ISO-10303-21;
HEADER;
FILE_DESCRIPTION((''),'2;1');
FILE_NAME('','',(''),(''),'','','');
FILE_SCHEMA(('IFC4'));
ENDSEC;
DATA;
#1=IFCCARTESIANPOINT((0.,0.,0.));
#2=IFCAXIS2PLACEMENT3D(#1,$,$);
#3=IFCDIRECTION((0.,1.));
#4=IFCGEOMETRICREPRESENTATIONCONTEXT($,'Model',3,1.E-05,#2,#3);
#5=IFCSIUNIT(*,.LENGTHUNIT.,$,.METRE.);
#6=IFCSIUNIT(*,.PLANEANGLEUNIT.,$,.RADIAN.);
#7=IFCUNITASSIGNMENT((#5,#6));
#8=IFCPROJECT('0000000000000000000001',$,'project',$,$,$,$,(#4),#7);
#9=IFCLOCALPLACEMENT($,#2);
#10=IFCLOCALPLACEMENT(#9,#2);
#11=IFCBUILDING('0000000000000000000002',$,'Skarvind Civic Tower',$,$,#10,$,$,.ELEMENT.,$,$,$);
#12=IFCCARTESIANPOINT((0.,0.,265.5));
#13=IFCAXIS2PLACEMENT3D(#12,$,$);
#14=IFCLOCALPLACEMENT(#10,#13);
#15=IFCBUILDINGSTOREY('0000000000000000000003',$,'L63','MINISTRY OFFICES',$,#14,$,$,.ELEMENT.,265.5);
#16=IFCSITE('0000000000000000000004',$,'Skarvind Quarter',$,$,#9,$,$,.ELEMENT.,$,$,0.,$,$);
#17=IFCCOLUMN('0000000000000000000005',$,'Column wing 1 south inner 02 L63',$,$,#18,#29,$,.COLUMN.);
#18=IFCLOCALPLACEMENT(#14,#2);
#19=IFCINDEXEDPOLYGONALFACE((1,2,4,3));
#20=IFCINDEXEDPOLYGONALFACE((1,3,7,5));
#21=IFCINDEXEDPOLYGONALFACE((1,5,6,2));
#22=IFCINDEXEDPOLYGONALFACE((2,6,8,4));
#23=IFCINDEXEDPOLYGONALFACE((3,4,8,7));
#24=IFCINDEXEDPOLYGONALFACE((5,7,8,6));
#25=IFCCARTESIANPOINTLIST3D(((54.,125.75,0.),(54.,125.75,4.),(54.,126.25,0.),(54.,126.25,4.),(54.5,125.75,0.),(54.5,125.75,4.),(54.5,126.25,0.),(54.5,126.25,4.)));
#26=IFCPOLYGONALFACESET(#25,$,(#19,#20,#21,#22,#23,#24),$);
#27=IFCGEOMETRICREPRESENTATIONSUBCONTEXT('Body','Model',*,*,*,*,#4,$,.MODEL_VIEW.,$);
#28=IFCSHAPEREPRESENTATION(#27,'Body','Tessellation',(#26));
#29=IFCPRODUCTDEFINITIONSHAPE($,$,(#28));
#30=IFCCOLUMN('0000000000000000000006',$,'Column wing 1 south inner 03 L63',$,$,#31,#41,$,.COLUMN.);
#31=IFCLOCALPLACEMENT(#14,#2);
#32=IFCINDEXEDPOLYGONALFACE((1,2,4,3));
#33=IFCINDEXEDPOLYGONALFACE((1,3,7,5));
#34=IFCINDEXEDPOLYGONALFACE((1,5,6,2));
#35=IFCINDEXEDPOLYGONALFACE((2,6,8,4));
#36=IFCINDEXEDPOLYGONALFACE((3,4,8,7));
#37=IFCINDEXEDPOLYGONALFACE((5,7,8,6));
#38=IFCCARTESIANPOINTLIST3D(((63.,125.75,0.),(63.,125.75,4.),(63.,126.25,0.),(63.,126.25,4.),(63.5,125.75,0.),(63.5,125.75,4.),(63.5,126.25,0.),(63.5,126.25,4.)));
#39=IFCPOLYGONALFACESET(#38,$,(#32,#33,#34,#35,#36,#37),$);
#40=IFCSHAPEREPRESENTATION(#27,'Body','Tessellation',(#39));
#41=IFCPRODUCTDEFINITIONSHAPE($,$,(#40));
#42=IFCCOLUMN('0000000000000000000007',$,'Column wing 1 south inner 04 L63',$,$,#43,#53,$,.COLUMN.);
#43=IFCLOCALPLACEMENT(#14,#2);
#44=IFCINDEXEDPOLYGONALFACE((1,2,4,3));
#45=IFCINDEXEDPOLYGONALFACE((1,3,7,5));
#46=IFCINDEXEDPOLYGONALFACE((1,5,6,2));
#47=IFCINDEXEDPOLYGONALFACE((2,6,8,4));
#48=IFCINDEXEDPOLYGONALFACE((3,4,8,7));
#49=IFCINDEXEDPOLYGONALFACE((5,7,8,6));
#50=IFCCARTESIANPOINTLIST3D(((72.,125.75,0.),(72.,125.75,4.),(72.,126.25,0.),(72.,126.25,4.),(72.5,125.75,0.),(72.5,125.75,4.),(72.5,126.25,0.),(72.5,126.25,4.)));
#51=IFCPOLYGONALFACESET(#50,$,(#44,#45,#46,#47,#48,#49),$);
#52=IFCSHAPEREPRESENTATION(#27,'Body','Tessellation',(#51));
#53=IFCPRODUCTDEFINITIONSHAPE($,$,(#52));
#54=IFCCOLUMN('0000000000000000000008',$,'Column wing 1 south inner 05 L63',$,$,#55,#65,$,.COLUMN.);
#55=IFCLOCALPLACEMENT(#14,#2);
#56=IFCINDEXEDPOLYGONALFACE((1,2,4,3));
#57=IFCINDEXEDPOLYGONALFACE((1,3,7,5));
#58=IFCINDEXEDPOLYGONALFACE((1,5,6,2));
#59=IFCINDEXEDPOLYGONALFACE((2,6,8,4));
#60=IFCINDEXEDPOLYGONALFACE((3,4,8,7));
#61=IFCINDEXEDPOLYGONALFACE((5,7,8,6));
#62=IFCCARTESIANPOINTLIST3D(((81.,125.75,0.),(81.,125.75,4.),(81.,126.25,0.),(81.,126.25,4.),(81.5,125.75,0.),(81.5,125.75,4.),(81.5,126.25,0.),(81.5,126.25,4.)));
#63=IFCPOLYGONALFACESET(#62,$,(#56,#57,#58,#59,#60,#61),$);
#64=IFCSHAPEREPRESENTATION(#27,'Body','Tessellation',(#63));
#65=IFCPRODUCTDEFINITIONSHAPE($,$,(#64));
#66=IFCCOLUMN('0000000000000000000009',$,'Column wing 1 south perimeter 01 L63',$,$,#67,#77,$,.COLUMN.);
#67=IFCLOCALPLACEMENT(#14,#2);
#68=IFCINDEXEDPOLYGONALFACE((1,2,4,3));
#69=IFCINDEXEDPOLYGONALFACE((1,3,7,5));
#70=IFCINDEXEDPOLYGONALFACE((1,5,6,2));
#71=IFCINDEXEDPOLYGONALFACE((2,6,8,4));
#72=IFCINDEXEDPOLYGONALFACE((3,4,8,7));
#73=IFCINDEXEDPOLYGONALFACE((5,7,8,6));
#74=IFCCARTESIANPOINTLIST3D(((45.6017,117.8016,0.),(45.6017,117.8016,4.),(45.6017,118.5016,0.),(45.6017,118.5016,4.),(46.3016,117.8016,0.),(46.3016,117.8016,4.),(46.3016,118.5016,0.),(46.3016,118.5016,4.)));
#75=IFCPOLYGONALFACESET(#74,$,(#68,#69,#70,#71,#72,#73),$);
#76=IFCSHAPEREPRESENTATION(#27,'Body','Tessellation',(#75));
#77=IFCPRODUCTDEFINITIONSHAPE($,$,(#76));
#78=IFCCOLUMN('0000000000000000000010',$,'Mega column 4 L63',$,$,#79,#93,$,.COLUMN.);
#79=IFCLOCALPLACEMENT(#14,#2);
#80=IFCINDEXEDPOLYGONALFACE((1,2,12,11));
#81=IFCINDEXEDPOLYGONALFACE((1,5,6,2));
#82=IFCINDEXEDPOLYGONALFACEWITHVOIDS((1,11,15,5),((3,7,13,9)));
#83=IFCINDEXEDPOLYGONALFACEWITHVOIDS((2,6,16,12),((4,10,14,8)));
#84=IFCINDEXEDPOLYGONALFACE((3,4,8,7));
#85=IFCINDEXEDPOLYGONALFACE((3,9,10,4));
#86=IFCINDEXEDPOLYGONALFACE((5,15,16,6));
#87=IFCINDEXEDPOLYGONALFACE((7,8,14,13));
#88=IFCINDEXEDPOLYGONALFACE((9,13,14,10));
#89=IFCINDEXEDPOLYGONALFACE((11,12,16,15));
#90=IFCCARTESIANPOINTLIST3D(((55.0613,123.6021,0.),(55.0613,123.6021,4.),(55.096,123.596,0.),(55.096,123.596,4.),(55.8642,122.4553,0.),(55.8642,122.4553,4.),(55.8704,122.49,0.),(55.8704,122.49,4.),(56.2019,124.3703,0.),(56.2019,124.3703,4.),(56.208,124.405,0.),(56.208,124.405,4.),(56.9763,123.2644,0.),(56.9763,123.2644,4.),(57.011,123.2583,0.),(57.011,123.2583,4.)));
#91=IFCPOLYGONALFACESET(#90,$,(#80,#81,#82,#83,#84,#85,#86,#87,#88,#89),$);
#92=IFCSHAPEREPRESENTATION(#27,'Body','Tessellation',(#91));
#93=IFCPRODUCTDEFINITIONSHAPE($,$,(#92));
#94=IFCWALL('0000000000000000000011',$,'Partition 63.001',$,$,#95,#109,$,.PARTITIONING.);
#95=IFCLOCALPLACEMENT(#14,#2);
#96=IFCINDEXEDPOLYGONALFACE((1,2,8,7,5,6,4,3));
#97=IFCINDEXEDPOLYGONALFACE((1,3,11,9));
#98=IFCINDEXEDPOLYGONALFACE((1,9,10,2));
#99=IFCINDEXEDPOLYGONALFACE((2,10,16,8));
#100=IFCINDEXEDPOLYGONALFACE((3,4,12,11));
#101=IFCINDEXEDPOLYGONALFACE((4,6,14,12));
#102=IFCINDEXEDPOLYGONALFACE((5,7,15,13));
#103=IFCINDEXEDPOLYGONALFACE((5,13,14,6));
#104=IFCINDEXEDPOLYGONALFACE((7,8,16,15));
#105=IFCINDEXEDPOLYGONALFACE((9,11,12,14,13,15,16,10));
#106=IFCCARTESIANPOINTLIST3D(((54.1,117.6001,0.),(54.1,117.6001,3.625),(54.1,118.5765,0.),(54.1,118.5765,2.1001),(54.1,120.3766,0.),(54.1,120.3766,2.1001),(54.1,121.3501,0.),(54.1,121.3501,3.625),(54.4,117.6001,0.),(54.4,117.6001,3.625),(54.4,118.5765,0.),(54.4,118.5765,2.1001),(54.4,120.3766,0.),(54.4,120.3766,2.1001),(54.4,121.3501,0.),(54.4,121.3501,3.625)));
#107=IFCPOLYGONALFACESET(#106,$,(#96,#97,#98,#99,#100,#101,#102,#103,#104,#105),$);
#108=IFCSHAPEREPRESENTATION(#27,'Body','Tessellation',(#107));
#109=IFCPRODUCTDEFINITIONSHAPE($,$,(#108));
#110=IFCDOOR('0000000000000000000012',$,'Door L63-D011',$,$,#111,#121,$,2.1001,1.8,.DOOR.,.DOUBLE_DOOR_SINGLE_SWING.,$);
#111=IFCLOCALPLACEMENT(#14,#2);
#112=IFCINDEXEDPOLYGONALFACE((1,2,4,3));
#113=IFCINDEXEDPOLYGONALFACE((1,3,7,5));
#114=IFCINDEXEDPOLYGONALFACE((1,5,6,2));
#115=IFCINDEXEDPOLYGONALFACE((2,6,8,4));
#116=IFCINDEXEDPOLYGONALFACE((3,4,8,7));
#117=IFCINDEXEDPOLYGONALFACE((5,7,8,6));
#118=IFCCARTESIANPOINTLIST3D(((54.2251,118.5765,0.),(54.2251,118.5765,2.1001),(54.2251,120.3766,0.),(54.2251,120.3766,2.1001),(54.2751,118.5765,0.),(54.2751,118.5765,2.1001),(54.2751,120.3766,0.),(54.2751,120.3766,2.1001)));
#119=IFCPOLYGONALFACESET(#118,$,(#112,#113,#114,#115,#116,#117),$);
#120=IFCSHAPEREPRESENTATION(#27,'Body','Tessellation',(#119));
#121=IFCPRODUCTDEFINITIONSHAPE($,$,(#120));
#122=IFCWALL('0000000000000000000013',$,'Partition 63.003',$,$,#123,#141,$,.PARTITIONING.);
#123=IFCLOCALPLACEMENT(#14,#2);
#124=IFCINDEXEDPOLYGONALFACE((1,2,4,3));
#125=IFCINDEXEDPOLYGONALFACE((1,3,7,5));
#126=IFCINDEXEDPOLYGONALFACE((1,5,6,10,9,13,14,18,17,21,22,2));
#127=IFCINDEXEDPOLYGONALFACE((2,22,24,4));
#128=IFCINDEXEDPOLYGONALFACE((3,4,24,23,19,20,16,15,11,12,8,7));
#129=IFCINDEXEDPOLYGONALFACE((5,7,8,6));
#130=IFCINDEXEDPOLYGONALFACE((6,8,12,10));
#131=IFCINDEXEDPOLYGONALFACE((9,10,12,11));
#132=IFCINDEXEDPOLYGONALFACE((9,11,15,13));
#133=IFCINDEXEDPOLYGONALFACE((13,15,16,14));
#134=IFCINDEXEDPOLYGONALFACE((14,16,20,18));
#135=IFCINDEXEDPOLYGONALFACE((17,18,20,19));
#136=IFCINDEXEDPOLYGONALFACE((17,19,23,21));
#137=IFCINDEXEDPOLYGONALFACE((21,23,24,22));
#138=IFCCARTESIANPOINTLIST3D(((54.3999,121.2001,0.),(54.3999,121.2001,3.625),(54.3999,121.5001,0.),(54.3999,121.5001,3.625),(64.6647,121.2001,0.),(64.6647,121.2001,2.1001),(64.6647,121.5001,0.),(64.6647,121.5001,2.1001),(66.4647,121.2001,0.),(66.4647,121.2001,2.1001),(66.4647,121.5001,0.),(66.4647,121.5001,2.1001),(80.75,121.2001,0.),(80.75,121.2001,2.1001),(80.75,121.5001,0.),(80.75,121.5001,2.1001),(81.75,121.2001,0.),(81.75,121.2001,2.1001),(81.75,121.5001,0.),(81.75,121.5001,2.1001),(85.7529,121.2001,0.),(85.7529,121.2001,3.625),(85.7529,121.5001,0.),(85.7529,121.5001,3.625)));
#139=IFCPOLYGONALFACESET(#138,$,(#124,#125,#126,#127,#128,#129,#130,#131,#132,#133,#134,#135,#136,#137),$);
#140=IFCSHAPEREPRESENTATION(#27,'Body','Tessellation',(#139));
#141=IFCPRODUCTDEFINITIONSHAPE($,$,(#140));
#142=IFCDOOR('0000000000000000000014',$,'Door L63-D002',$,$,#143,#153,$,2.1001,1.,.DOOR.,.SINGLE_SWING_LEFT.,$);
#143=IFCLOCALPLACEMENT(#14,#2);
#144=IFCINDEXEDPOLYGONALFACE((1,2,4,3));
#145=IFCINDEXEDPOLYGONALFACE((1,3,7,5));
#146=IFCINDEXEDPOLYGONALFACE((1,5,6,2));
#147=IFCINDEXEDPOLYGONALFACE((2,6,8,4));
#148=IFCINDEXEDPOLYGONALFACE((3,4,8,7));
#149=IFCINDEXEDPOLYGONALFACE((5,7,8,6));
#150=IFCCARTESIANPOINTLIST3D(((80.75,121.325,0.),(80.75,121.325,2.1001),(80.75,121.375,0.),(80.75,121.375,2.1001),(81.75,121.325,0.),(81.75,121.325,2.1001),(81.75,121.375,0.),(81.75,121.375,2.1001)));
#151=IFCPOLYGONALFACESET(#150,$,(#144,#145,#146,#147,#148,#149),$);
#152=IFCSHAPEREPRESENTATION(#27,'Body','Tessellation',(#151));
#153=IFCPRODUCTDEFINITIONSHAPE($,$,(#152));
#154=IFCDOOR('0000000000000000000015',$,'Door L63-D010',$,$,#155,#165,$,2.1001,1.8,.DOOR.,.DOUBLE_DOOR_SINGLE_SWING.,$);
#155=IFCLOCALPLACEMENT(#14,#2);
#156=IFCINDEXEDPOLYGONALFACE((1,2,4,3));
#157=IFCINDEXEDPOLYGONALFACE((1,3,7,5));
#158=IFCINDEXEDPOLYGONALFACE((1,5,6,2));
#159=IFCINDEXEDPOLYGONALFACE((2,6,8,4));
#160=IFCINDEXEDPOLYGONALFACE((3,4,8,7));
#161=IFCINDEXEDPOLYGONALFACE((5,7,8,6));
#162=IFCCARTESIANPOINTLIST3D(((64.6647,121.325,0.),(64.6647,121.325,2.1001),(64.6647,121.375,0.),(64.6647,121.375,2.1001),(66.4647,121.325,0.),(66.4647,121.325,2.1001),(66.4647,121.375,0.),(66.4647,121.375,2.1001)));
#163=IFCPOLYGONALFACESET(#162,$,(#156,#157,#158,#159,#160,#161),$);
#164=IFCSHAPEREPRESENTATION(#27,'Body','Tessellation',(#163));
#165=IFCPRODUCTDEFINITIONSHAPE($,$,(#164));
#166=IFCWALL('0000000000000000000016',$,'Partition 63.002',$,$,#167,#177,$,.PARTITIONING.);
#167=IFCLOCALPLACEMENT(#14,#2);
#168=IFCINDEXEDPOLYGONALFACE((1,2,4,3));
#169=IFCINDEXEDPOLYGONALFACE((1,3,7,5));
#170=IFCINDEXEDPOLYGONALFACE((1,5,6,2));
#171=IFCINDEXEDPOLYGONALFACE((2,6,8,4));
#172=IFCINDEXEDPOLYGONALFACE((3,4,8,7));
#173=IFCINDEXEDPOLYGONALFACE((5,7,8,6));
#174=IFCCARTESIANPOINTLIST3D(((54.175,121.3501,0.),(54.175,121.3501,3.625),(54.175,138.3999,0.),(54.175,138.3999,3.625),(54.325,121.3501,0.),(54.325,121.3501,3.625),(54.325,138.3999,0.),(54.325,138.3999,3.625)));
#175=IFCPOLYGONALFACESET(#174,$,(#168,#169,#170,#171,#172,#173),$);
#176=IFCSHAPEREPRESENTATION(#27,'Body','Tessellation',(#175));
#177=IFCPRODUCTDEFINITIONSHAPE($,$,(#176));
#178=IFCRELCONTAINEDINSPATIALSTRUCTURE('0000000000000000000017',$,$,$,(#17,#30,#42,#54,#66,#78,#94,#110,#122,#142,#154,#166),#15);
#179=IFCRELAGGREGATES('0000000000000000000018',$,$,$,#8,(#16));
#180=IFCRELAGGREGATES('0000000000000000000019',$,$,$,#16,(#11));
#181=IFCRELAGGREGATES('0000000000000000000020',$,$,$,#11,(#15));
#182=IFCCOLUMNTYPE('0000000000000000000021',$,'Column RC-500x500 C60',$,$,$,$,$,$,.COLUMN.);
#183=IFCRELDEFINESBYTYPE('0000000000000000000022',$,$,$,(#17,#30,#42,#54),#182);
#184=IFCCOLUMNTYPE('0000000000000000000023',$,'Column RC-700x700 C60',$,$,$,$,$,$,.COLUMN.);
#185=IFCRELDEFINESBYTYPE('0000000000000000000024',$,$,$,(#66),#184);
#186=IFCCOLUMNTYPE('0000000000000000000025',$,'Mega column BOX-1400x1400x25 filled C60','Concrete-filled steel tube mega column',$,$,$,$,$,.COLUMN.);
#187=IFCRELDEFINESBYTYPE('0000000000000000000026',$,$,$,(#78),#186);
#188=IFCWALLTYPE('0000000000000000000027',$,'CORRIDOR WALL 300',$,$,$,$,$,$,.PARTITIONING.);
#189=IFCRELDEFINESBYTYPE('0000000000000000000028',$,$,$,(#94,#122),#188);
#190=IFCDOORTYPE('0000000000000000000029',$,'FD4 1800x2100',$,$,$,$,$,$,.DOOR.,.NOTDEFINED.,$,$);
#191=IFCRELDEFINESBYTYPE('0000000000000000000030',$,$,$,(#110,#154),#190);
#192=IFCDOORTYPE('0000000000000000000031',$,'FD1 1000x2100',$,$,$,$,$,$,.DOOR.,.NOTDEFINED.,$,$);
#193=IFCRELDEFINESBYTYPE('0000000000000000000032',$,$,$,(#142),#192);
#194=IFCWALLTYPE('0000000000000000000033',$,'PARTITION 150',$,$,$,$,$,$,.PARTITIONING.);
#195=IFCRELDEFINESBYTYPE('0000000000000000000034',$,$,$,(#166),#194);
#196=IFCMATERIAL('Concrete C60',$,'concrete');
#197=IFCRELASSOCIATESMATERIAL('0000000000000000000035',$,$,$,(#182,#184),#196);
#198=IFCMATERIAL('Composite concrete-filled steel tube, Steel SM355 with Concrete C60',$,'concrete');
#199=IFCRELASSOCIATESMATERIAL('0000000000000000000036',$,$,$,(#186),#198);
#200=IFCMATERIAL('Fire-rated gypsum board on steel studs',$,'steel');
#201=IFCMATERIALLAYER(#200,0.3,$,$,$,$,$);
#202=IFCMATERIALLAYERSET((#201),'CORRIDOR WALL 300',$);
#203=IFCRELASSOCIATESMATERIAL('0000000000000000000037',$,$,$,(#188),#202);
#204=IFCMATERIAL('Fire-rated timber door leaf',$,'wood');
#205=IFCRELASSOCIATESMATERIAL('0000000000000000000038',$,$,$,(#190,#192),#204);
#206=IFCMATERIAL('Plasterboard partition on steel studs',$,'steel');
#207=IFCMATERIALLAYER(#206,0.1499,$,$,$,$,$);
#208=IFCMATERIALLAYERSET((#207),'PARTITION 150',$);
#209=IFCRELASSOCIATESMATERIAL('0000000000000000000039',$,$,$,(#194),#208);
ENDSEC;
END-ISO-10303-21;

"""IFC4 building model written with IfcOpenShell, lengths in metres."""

from ifc_helpers import new_model, si_unit, direction, frame, frame_2d, origin, origin_2d, place, context, subcontext, project, spatial, rectangle, hollow_rectangle, extrude, material, layer, layer_set, material_profile, profile_set, type_object, element, fill, save


model = new_model("IFC4")

# Units and contexts
model_context = context("Model", 3, precision=1e-05, world=origin(), true_north=direction((0.0, 1.0)))
body_context = subcontext(model_context, "Body", "Model", "MODEL_VIEW")
ifc_project = project(units=[si_unit("LENGTHUNIT", "METRE"), si_unit("PLANEANGLEUNIT", "RADIAN")], contexts=[model_context])

# Site, building, storey
site_placement = place(None, origin())
site = spatial("IfcSite", under=ifc_project, at=site_placement, Name="Skarvind Quarter", CompositionType="ELEMENT", RefElevation=0.0)
building_placement = place(site_placement, origin())
building = spatial("IfcBuilding", under=site, at=building_placement, Name="Skarvind Civic Tower", CompositionType="ELEMENT")
storey_placement = place(building_placement, frame((0.0, 0.0, 265.5)))
storey = spatial("IfcBuildingStorey", under=building, at=storey_placement, Name="L63", Description="MINISTRY OFFICES", CompositionType="ELEMENT", Elevation=265.5)

# Columns
ifc_material_1 = material(Name="Concrete C60", Category="concrete")
ifc_material_profile_1 = material_profile(ifc_material_1, rectangle(XDim=0.5, YDim=0.5, at=origin_2d()), Name="RC-500x500")
ifc_profile_set_1 = profile_set([ifc_material_profile_1], Name="Concrete C60")
column_type_1 = type_object("IfcColumnType", Name="Column RC-500x500 C60", PredefinedType="COLUMN", material=ifc_profile_set_1)
for number, where, z_axis, x_axis, name in (
    (1, (54.25, 126.0, 0.0), (0.0, 0.0, 1.0), (1.0, 0.0, 0.0), "Column wing 1 south inner 02 L63"),
    (2, (63.25, 126.0, 0.0), (0.0, 0.0, 1.0), (1.0, 0.0, 0.0), "Column wing 1 south inner 03 L63"),
    (3, (72.25, 126.0, 0.0), (0.0, 0.0, 1.0), (1.0, 0.0, 0.0), "Column wing 1 south inner 04 L63"),
    (4, (81.25, 126.0, 0.0), (0.0, 0.0, 1.0), (1.0, 0.0, 0.0), "Column wing 1 south inner 05 L63"),
):
    element("IfcColumn", number, at=place(storey_placement, frame(where, z_axis=z_axis, x_axis=x_axis)), inside=storey, type_object=column_type_1, Name=name, PredefinedType="COLUMN", context=body_context, shape_type="SweptSolid", body=[
        extrude(rectangle(XDim=0.5, YDim=0.5, at=origin_2d()), origin(), (0.0, 0.0, 1.0), 4.0),
    ])
ifc_material_profile_2 = material_profile(ifc_material_1, rectangle(XDim=0.7, YDim=0.7, at=origin_2d()), Name="RC-700x700")
ifc_profile_set_2 = profile_set([ifc_material_profile_2], Name="Concrete C60")
column_type_2 = type_object("IfcColumnType", Name="Column RC-700x700 C60", PredefinedType="COLUMN", material=ifc_profile_set_2)
column_1_placement = place(storey_placement, frame((45.9517, 118.1516, 0.0), z_axis=(0.0, 0.0, 1.0), x_axis=(1.0, 0.0, 0.0)))
element("IfcColumn", 5, at=column_1_placement, inside=storey, type_object=column_type_2, Name="Column wing 1 south perimeter 01 L63", PredefinedType="COLUMN", context=body_context, shape_type="SweptSolid", body=[
    extrude(rectangle(XDim=0.7, YDim=0.7, at=origin_2d()), origin(), (0.0, 0.0, 1.0), 4.0),
])
ifc_material_2 = material(Name="Composite concrete-filled steel tube, Steel SM355 with Concrete C60", Category="concrete")
ifc_material_profile_3 = material_profile(ifc_material_2, hollow_rectangle(XDim=1.3999, YDim=1.3999, WallThickness=0.0249, at=origin_2d()), Name="BOX-1400x1400x25")
ifc_profile_set_3 = profile_set([ifc_material_profile_3], Name="Composite concrete-filled steel tube, Steel SM355 with Concrete C60")
column_type_3 = type_object("IfcColumnType", Name="Mega column BOX-1400x1400x25 filled C60", Description="Concrete-filled steel tube mega column", PredefinedType="COLUMN", material=ifc_profile_set_3)
column_2_placement = place(storey_placement, frame((56.0361, 123.4302, 0.0), z_axis=(0.0, 0.0, 1.0), x_axis=(0.573576, -0.819152, 0.0)))
element("IfcColumn", 6, at=column_2_placement, inside=storey, type_object=column_type_3, Name="Mega column 4 L63", PredefinedType="COLUMN", context=body_context, shape_type="SweptSolid", body=[
    extrude(hollow_rectangle(XDim=1.3999, YDim=1.3999, WallThickness=0.0249, at=origin_2d()), origin(), (0.0, 0.0, 1.0), 4.0),
])

# Wall, opening, door
ifc_material_3 = material(Name="Fire-rated gypsum board on steel studs", Category="steel")
ifc_layer_1 = layer(ifc_material_3, 0.3)
ifc_layer_set_1 = layer_set([ifc_layer_1], Name="CORRIDOR WALL 300")
wall_type_1 = type_object("IfcWallType", Name="CORRIDOR WALL 300", PredefinedType="PARTITIONING", material=ifc_layer_set_1)
wall_1_placement = place(storey_placement, frame((54.25, 117.6001, 0.0), z_axis=(0.0, 0.0, 1.0), x_axis=(0.0, 1.0, 0.0)))
wall_1 = element("IfcWall", 7, at=wall_1_placement, inside=storey, type_object=wall_type_1, Name="Partition 63.001", PredefinedType="PARTITIONING", context=body_context, shape_type="SweptSolid", body=[
    extrude(rectangle(XDim=3.75, YDim=0.3, at=frame_2d((1.875, 0.0))), origin(), (0.0, 0.0, 1.0), 3.625),
])
opening_1_placement = place(wall_1_placement, frame((0.9766, 0.0, 0.0)))
opening_1 = element("IfcOpeningElement", 8, at=opening_1_placement, cuts=wall_1, PredefinedType="OPENING", context=body_context, shape_type="SweptSolid", body=[
    extrude(rectangle(XDim=1.8, YDim=2.1001, at=frame_2d((0.8999, 1.05))), frame((0.0, 0.1599, 0.0), z_axis=(0.0, -1.0, 0.0), x_axis=(1.0, 0.0, 0.0)), (0.0, 0.0, 1.0), 0.3201),
])
ifc_material_4 = material(Name="Fire-rated timber door leaf", Category="wood")
door_type_1 = type_object("IfcDoorType", Name="FD4 1800x2100", OperationType="NOTDEFINED", PredefinedType="DOOR", material=ifc_material_4)
door_1_placement = place(opening_1_placement, origin())
door_1 = element("IfcDoor", 9, at=door_1_placement, inside=storey, type_object=door_type_1, Name="Door L63-D011", OperationType="DOUBLE_DOOR_SINGLE_SWING", OverallHeight=2.1001, OverallWidth=1.8, PredefinedType="DOOR", context=body_context, shape_type="SweptSolid", body=[
    extrude(rectangle(XDim=1.8, YDim=2.1001, at=frame_2d((0.8999, 1.05))), frame((0.0, 0.0249, 0.0), z_axis=(0.0, -1.0, 0.0), x_axis=(1.0, 0.0, 0.0)), (0.0, 0.0, 1.0), 0.05),
])
fill(opening_1, door_1)

# Wall, openings, doors
wall_2_placement = place(storey_placement, frame((54.3999, 121.3501, 0.0), z_axis=(0.0, 0.0, 1.0), x_axis=(1.0, 0.0, 0.0)))
wall_2 = element("IfcWall", 10, at=wall_2_placement, inside=storey, type_object=wall_type_1, Name="Partition 63.003", PredefinedType="PARTITIONING", context=body_context, shape_type="SweptSolid", body=[
    extrude(rectangle(XDim=31.353, YDim=0.3, at=frame_2d((15.6765, 0.0))), origin(), (0.0, 0.0, 1.0), 3.625),
])
opening_2_placement = place(wall_2_placement, frame((26.3501, 0.0, 0.0)))
opening_2 = element("IfcOpeningElement", 11, at=opening_2_placement, cuts=wall_2, PredefinedType="OPENING", context=body_context, shape_type="SweptSolid", body=[
    extrude(rectangle(XDim=1.0, YDim=2.1001, at=frame_2d((0.5, 1.05))), frame((0.0, 0.1599, 0.0), z_axis=(0.0, -1.0, 0.0), x_axis=(1.0, 0.0, 0.0)), (0.0, 0.0, 1.0), 0.3201),
])
opening_3_placement = place(wall_2_placement, frame((10.2649, 0.0, 0.0)))
opening_3 = element("IfcOpeningElement", 12, at=opening_3_placement, cuts=wall_2, PredefinedType="OPENING", context=body_context, shape_type="SweptSolid", body=[
    extrude(rectangle(XDim=1.8, YDim=2.1001, at=frame_2d((0.8999, 1.05))), frame((0.0, 0.1599, 0.0), z_axis=(0.0, -1.0, 0.0), x_axis=(1.0, 0.0, 0.0)), (0.0, 0.0, 1.0), 0.3201),
])
door_type_2 = type_object("IfcDoorType", Name="FD1 1000x2100", OperationType="NOTDEFINED", PredefinedType="DOOR", material=ifc_material_4)
door_2_placement = place(opening_2_placement, origin())
door_2 = element("IfcDoor", 13, at=door_2_placement, inside=storey, type_object=door_type_2, Name="Door L63-D002", OperationType="SINGLE_SWING_LEFT", OverallHeight=2.1001, OverallWidth=1.0, PredefinedType="DOOR", context=body_context, shape_type="SweptSolid", body=[
    extrude(rectangle(XDim=1.0, YDim=2.1001, at=frame_2d((0.5, 1.05))), frame((0.0, 0.0249, 0.0), z_axis=(0.0, -1.0, 0.0), x_axis=(1.0, 0.0, 0.0)), (0.0, 0.0, 1.0), 0.05),
])
fill(opening_2, door_2)
door_3_placement = place(opening_3_placement, origin())
door_3 = element("IfcDoor", 14, at=door_3_placement, inside=storey, type_object=door_type_1, Name="Door L63-D010", OperationType="DOUBLE_DOOR_SINGLE_SWING", OverallHeight=2.1001, OverallWidth=1.8, PredefinedType="DOOR", context=body_context, shape_type="SweptSolid", body=[
    extrude(rectangle(XDim=1.8, YDim=2.1001, at=frame_2d((0.8999, 1.05))), frame((0.0, 0.0249, 0.0), z_axis=(0.0, -1.0, 0.0), x_axis=(1.0, 0.0, 0.0)), (0.0, 0.0, 1.0), 0.05),
])
fill(opening_3, door_3)

# Wall
ifc_material_5 = material(Name="Plasterboard partition on steel studs", Category="steel")
ifc_layer_2 = layer(ifc_material_5, 0.1499)
ifc_layer_set_2 = layer_set([ifc_layer_2], Name="PARTITION 150")
wall_type_2 = type_object("IfcWallType", Name="PARTITION 150", PredefinedType="PARTITIONING", material=ifc_layer_set_2)
wall_3_placement = place(storey_placement, frame((54.25, 121.3501, 0.0), z_axis=(0.0, 0.0, 1.0), x_axis=(0.0, 1.0, 0.0)))
element("IfcWall", 15, at=wall_3_placement, inside=storey, type_object=wall_type_2, Name="Partition 63.002", PredefinedType="PARTITIONING", context=body_context, shape_type="SweptSolid", body=[
    extrude(rectangle(XDim=17.0498, YDim=0.1499, at=frame_2d((8.5249, 0.0))), origin(), (0.0, 0.0, 1.0), 3.625),
])

save(model, "model.ifc")
